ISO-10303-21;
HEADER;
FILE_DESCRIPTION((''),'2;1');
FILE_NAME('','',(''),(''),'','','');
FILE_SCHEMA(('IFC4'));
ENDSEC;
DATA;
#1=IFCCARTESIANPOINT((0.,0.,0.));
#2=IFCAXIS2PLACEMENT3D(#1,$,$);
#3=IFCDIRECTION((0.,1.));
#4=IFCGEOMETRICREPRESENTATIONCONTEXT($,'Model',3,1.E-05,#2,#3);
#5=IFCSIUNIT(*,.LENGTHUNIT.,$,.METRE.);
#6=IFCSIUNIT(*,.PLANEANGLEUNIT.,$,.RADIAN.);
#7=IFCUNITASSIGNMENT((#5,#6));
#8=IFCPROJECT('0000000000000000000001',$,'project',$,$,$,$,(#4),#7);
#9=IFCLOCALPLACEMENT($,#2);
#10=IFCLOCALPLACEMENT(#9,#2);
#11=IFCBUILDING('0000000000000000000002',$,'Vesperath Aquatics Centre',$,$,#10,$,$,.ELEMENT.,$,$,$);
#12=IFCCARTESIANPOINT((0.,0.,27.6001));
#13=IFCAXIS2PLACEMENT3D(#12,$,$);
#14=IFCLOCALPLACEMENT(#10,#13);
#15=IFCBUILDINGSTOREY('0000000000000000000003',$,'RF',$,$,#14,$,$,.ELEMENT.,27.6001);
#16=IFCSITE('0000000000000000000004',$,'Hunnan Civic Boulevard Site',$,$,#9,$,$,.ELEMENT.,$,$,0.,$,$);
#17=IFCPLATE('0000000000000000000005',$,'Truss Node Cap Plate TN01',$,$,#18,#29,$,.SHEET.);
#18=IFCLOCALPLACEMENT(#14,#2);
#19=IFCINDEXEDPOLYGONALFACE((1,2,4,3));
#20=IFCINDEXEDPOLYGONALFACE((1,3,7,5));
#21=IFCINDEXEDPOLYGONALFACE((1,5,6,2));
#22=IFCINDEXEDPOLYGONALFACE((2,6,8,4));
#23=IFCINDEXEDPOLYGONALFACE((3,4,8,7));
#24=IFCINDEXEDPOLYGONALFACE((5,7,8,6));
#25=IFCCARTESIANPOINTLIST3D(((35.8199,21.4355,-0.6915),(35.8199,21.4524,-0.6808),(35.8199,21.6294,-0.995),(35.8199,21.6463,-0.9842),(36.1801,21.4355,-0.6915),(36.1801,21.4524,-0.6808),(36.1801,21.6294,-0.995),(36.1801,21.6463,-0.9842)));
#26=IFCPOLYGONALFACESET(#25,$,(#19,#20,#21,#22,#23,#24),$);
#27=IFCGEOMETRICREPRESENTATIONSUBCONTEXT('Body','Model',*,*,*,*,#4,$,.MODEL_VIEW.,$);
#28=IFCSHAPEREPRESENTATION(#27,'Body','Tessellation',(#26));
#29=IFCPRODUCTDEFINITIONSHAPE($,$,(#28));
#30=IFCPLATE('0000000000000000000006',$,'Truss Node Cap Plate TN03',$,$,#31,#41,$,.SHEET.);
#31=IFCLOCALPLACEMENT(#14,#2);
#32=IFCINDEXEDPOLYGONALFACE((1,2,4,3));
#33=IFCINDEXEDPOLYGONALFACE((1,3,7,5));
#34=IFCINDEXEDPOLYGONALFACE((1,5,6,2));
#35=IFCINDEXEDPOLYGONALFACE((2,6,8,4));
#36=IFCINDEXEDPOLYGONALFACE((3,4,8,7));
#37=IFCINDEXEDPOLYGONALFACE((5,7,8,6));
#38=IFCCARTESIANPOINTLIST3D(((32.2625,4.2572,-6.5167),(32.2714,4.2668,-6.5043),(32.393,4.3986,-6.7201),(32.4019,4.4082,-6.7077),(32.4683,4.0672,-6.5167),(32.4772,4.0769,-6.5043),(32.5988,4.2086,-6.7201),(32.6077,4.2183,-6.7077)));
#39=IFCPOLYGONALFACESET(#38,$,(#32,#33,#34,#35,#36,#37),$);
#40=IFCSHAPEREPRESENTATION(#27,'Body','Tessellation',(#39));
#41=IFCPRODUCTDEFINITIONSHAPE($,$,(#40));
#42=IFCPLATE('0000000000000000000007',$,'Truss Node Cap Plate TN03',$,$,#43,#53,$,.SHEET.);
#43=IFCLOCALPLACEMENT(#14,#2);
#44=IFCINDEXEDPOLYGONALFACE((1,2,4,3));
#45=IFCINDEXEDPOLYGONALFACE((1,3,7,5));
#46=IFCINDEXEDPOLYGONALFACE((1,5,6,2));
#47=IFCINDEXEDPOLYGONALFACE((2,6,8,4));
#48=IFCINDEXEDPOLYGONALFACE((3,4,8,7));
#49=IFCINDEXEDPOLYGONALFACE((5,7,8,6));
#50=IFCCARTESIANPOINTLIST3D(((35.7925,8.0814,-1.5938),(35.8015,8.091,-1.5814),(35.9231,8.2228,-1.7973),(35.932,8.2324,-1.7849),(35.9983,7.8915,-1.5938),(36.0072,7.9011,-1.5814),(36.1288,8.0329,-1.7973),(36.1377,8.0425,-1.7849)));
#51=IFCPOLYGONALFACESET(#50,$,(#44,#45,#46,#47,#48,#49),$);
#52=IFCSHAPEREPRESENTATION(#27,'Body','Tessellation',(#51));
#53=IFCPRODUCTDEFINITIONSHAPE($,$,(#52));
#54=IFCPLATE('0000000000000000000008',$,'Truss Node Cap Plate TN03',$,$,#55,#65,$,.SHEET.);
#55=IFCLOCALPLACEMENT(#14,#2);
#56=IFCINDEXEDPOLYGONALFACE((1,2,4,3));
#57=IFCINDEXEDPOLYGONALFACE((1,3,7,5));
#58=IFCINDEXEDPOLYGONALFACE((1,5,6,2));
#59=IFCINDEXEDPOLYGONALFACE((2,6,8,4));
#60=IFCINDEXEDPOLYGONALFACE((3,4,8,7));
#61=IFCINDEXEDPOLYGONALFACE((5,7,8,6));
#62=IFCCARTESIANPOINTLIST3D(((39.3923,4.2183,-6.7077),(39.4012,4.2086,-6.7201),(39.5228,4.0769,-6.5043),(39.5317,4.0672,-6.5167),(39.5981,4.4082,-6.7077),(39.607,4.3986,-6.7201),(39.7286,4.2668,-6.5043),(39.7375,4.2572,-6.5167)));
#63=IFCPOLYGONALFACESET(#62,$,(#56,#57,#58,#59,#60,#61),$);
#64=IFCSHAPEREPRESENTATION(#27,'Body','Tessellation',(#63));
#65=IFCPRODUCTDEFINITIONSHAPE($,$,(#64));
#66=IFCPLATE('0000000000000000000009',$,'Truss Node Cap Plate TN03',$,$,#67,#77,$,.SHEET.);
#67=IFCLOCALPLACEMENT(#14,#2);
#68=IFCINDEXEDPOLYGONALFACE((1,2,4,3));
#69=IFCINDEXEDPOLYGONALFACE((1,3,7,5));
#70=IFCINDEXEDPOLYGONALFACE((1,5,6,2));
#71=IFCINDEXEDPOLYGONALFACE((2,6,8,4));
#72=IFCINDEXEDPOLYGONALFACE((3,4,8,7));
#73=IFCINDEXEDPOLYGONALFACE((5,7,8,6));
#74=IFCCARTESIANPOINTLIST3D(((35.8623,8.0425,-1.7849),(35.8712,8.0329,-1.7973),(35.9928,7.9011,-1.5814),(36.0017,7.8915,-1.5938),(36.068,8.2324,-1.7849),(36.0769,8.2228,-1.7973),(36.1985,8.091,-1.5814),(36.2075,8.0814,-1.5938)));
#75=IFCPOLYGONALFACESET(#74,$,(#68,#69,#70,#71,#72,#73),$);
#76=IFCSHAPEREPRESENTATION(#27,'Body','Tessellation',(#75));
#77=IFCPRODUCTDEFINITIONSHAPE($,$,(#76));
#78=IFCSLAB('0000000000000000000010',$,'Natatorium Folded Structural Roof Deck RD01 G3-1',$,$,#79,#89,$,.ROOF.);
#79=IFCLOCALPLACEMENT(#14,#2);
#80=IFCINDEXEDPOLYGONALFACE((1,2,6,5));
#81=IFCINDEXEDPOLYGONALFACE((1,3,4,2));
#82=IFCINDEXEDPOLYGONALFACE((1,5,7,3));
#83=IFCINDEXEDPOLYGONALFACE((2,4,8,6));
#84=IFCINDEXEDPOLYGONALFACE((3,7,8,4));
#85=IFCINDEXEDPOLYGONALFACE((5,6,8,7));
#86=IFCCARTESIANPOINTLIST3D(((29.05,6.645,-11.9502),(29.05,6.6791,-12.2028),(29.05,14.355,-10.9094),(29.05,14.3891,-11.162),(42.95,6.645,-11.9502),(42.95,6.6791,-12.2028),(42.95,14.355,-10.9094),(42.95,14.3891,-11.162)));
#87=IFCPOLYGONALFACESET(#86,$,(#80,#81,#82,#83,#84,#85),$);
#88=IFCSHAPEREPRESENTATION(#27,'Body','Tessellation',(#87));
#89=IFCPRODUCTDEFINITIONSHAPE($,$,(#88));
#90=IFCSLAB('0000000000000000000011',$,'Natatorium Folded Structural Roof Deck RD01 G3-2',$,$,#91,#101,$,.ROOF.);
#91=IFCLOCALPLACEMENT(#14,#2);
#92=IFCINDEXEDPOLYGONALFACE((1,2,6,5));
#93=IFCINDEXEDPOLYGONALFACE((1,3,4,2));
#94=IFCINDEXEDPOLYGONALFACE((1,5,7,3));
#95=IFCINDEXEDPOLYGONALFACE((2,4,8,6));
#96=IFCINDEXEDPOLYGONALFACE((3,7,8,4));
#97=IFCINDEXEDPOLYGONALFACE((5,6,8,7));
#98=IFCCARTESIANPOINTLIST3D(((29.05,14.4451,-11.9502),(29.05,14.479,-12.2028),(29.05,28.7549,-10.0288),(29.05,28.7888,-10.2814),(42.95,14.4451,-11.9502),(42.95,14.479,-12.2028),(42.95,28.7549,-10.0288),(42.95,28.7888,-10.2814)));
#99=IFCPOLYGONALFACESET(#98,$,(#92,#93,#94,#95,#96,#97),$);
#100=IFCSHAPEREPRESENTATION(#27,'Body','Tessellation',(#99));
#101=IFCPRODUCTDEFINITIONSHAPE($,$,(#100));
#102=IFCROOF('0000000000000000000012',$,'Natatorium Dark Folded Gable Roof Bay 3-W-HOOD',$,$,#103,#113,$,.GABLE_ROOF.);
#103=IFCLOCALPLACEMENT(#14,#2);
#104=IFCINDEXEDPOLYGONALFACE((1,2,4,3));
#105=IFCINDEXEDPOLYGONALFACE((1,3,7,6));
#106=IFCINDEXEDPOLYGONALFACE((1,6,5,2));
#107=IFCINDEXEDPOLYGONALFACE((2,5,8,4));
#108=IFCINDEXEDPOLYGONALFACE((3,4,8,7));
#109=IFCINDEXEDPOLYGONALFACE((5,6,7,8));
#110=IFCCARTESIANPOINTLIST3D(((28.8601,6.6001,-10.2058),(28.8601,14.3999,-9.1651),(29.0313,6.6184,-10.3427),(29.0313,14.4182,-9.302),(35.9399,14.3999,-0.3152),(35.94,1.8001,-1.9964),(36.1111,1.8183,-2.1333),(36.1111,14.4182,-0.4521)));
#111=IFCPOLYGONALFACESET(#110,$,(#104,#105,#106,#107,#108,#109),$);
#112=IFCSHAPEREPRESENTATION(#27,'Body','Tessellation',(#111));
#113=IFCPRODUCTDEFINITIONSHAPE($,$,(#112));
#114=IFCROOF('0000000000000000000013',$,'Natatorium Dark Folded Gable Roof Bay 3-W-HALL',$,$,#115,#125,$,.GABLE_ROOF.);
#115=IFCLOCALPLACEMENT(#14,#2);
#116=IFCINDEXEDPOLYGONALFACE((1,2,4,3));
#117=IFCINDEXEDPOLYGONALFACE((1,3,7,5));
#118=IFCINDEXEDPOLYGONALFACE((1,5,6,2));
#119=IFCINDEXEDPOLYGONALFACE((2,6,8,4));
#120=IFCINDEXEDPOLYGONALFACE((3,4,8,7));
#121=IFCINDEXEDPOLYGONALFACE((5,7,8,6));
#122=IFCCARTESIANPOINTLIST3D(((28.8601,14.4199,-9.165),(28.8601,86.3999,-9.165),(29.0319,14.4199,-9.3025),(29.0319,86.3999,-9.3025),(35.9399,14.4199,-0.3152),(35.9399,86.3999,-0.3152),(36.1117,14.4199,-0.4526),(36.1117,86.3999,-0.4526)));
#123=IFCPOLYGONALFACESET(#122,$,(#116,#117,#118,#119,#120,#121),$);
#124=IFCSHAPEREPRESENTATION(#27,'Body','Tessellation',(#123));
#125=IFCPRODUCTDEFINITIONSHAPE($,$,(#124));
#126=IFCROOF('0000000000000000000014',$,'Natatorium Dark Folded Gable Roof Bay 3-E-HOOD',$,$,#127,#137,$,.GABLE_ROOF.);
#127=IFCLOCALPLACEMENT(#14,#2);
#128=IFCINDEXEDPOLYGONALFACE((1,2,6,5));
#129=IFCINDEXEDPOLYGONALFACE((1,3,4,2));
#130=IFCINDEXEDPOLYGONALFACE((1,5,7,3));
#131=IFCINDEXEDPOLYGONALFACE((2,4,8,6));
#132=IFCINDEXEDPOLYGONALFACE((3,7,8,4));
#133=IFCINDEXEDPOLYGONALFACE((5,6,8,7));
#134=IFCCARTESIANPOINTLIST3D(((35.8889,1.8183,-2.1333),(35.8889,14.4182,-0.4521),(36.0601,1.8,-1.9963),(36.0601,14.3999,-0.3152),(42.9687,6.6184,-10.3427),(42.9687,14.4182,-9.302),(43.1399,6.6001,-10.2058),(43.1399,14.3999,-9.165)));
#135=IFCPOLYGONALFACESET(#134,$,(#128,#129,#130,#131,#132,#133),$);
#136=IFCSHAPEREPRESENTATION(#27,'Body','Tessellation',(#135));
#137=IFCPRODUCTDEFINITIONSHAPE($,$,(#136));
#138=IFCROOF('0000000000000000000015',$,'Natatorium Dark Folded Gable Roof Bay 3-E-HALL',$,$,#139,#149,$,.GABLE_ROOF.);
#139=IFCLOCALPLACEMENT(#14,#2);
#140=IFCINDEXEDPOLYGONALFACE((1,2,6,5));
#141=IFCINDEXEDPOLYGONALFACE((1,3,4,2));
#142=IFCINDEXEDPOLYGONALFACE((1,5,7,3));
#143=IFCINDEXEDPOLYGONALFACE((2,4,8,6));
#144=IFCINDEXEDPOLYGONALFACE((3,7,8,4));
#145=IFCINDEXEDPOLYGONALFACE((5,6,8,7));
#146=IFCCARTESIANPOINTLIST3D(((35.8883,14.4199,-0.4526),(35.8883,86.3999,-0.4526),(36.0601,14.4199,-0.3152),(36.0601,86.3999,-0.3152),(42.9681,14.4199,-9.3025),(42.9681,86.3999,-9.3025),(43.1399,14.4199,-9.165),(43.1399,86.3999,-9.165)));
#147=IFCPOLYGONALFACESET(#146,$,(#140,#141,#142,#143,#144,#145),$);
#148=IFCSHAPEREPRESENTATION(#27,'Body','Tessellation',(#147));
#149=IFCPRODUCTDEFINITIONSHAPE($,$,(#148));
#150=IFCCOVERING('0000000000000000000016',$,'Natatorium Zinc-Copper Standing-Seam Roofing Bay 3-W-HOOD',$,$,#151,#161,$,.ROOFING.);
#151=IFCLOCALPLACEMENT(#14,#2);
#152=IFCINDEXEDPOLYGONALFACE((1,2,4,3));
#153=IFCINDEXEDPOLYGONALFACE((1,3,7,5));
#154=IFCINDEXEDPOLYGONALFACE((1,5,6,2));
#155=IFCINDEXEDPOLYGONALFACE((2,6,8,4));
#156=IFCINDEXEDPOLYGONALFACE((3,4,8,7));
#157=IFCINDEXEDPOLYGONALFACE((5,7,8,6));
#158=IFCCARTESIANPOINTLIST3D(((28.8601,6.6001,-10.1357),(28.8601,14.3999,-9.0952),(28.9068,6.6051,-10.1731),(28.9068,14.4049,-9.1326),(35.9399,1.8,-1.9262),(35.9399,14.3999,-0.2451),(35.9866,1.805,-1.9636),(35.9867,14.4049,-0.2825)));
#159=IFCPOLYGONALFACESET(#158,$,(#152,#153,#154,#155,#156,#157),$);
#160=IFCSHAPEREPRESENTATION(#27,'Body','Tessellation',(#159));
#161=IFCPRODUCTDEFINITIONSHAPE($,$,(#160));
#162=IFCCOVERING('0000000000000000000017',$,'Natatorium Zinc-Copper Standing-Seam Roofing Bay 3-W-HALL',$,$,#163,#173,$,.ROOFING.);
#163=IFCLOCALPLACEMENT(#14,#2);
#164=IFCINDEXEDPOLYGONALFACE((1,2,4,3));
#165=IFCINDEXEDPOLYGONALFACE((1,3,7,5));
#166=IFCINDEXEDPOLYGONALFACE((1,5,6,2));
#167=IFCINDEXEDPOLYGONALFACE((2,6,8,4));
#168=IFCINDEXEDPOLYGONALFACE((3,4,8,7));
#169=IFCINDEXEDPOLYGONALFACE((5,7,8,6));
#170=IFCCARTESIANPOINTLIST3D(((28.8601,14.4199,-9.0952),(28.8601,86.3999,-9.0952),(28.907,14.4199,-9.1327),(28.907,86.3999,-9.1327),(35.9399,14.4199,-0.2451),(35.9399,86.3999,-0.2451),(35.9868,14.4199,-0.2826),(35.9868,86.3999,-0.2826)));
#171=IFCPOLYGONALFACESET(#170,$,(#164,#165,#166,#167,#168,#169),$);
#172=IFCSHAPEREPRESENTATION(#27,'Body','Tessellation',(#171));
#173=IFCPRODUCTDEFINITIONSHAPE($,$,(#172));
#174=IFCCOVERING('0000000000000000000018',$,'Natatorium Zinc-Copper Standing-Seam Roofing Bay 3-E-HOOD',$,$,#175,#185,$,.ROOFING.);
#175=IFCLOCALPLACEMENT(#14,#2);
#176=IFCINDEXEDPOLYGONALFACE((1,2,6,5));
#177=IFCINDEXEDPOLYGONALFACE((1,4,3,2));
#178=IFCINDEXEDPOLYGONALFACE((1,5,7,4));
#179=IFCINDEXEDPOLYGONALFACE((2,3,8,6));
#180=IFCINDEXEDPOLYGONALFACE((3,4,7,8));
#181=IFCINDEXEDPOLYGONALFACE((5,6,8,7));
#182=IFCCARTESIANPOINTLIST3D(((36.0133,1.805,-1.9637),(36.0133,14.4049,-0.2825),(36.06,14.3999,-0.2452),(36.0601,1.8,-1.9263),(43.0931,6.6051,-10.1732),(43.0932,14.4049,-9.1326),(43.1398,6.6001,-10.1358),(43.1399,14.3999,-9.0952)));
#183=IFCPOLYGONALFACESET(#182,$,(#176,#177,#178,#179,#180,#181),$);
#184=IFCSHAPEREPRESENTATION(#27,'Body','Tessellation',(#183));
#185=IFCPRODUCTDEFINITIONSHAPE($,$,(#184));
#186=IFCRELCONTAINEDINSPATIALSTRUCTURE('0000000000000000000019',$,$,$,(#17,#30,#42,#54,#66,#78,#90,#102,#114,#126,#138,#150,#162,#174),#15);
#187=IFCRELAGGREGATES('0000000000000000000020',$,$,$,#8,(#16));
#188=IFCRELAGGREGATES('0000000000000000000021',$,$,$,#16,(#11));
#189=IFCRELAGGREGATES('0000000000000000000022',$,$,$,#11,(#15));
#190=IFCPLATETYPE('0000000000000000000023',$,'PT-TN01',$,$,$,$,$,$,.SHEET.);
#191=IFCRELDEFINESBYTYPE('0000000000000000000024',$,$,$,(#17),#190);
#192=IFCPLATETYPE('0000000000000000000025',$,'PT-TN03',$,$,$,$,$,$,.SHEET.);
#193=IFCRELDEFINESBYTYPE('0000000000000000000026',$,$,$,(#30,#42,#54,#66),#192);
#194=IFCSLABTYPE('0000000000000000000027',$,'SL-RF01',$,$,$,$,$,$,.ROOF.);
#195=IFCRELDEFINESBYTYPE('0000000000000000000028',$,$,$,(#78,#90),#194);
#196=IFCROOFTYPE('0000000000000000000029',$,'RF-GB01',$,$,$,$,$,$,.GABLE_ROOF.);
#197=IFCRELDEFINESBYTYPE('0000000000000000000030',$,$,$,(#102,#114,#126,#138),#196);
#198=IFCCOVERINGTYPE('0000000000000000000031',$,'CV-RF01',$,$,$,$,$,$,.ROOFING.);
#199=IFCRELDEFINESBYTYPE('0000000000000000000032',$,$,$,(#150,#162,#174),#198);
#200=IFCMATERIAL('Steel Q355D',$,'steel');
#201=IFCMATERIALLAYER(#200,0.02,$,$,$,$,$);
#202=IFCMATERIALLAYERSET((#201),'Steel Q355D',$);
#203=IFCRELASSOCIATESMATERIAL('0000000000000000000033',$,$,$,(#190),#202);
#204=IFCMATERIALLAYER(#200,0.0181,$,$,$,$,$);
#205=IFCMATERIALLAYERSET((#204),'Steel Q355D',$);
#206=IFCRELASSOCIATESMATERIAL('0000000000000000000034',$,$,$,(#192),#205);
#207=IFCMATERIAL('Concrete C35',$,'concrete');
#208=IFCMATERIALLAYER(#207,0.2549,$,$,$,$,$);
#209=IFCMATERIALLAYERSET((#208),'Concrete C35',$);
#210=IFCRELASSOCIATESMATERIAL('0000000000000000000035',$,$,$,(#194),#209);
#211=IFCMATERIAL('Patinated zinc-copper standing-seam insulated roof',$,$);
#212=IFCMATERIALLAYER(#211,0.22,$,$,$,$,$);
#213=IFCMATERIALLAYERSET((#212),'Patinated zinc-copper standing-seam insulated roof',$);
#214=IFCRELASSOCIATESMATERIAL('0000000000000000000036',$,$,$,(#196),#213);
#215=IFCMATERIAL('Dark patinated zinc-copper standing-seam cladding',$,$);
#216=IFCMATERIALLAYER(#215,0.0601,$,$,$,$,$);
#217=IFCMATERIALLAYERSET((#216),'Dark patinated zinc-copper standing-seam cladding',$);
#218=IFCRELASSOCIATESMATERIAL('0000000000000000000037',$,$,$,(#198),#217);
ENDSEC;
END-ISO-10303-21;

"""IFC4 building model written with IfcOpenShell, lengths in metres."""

from ifc_helpers import new_model, si_unit, direction, frame, origin, origin_2d, place, context, subcontext, project, spatial, polyline, rectangle, outline, extrude, material, layer, layer_set, type_object, element, save


model = new_model("IFC4")

# Units and contexts
model_context = context("Model", 3, precision=1e-05, world=origin(), true_north=direction((0.0, 1.0)))
body_context = subcontext(model_context, "Body", "Model", "MODEL_VIEW")
ifc_project = project(units=[si_unit("LENGTHUNIT", "METRE"), si_unit("PLANEANGLEUNIT", "RADIAN")], contexts=[model_context])

# Site, building, storey
site_placement = place(None, origin())
site = spatial("IfcSite", under=ifc_project, at=site_placement, Name="Hunnan Civic Boulevard Site", CompositionType="ELEMENT", RefElevation=0.0)
building_placement = place(site_placement, origin())
building = spatial("IfcBuilding", under=site, at=building_placement, Name="Vesperath Aquatics Centre", CompositionType="ELEMENT")
storey_placement = place(building_placement, frame((0.0, 0.0, 27.6001)))
storey = spatial("IfcBuildingStorey", under=building, at=storey_placement, Name="RF", CompositionType="ELEMENT", Elevation=27.6001)

# Shared definitions
ifc_material_1 = material(Name="Steel Q355D", Category="steel")

# Plates
ifc_layer_1 = layer(ifc_material_1, 0.02)
ifc_layer_set_1 = layer_set([ifc_layer_1], Name="Steel Q355D")
plate_type_1 = type_object("IfcPlateType", Name="PT-TN01", PredefinedType="SHEET", material=ifc_layer_set_1)
for number, where, z_axis, x_axis, name in (
    (1, (36.0, 21.5325, -0.8433), (0.0, 0.842696, 0.538389), (-1.0, 0.0, 0.0), "Truss Node Cap Plate TN01"),
):
    element("IfcPlate", number, at=place(storey_placement, frame(where, z_axis=z_axis, x_axis=x_axis)), inside=storey, type_object=plate_type_1, Name=name, PredefinedType="SHEET", context=body_context, shape_type="SweptSolid", body=[
        extrude(rectangle(XDim=0.3601, YDim=0.3601, at=origin_2d()), origin(), (0.0, 0.0, 1.0), 0.02),
    ])
ifc_layer_2 = layer(ifc_material_1, 0.0181)
ifc_layer_set_2 = layer_set([ifc_layer_2], Name="Steel Q355D")
plate_type_2 = type_object("IfcPlateType", Name="PT-TN03", PredefinedType="SHEET", material=ifc_layer_set_2)
for number, where, z_axis, x_axis, name in (
    (2, (32.4307, 4.2329, -6.6184), (0.492765, 0.533829, 0.687175), (-0.734803, 0.67828, 0.0), "Truss Node Cap Plate TN03"),
    (3, (35.9607, 8.0571, -1.6956), (0.492765, 0.533829, 0.687175), (-0.734803, 0.67828, 0.0), "Truss Node Cap Plate TN03"),
    (4, (39.5693, 4.2329, -6.6184), (-0.492765, 0.533829, 0.687175), (-0.734803, -0.67828, 0.0), "Truss Node Cap Plate TN03"),
    (5, (36.0393, 8.0571, -1.6956), (-0.492765, 0.533829, 0.687175), (-0.734803, -0.67828, 0.0), "Truss Node Cap Plate TN03"),
):
    element("IfcPlate", number, at=place(storey_placement, frame(where, z_axis=z_axis, x_axis=x_axis)), inside=storey, type_object=plate_type_2, Name=name, PredefinedType="SHEET", context=body_context, shape_type="SweptSolid", body=[
        extrude(rectangle(XDim=0.28, YDim=0.28, at=origin_2d()), origin(), (0.0, 0.0, 1.0), 0.0181),
    ])

# Slabs
ifc_material_2 = material(Name="Concrete C35", Category="concrete")
ifc_layer_3 = layer(ifc_material_2, 0.2549)
ifc_layer_set_3 = layer_set([ifc_layer_3], Name="Concrete C35")
slab_type = type_object("IfcSlabType", Name="SL-RF01", PredefinedType="ROOF", material=ifc_layer_set_3)
slab_1_placement = place(storey_placement, frame((29.05, 6.645, -11.9502), z_axis=(0.0, -0.133777, 0.991011), x_axis=(1.0, 0.0, 0.0)))
element("IfcSlab", 6, at=slab_1_placement, inside=storey, type_object=slab_type, Name="Natatorium Folded Structural Roof Deck RD01 G3-1", PredefinedType="ROOF", context=body_context, shape_type="SweptSolid", body=[
    extrude(outline(polyline([(0.0, 0.0), (13.8999, 0.0), (13.8999, 7.7799), (0.0, 7.7799), (0.0, 0.0)])), origin(), (0.0, 0.0, -1.0), 0.2549),
])
slab_2_placement = place(storey_placement, frame((29.05, 14.4451, -11.9502), z_axis=(0.0, -0.133076, 0.991106), x_axis=(1.0, 0.0, 0.0)))
element("IfcSlab", 7, at=slab_2_placement, inside=storey, type_object=slab_type, Name="Natatorium Folded Structural Roof Deck RD01 G3-2", PredefinedType="ROOF", context=body_context, shape_type="SweptSolid", body=[
    extrude(outline(polyline([(0.0, 0.0), (13.8999, 0.0), (13.8999, 14.4382), (0.0, 14.4382), (0.0, 0.0)])), origin(), (0.0, 0.0, -1.0), 0.2549),
])

# Roofs
ifc_material_3 = material(Name="Patinated zinc-copper standing-seam insulated roof")
ifc_layer_4 = layer(ifc_material_3, 0.22)
ifc_layer_set_4 = layer_set([ifc_layer_4], Name="Patinated zinc-copper standing-seam insulated roof")
roof_type = type_object("IfcRoofType", Name="RF-GB01", PredefinedType="GABLE_ROOF", material=ifc_layer_set_4)
roof_1_placement = place(storey_placement, frame((28.8601, 6.6001, -10.2058), z_axis=(-0.778174, -0.083064, 0.622532), x_axis=(0.597164, -0.404869, 0.692442)))
element("IfcRoof", 8, at=roof_1_placement, inside=storey, type_object=roof_type, Name="Natatorium Dark Folded Gable Roof Bay 3-W-HOOD", PredefinedType="GABLE_ROOF", context=body_context, shape_type="SweptSolid", body=[
    extrude(outline(polyline([(0.0, 0.0), (11.8558, 0.0), (7.9186, 12.0864), (-2.4372, 7.482), (0.0, 0.0)])), origin(), (0.0, 0.0, -1.0), 0.22),
])
roof_2_placement = place(storey_placement, frame((28.8601, 14.4199, -9.165), z_axis=(-0.780871, 0.0, 0.624692), x_axis=(0.624692, 0.0, 0.780871)))
element("IfcRoof", 9, at=roof_2_placement, inside=storey, type_object=roof_type, Name="Natatorium Dark Folded Gable Roof Bay 3-W-HALL", PredefinedType="GABLE_ROOF", context=body_context, shape_type="SweptSolid", body=[
    extrude(outline(polyline([(0.0, 0.0), (11.3333, 0.0), (11.3333, 71.98), (0.0, 71.98), (0.0, 0.0)])), origin(), (0.0, 0.0, -1.0), 0.22),
])
roof_3_placement = place(storey_placement, frame((36.0601, 1.8, -1.9963), z_axis=(0.778174, -0.083064, 0.622532), x_axis=(0.597164, 0.404869, -0.692442)))
element("IfcRoof", 10, at=roof_3_placement, inside=storey, type_object=roof_type, Name="Natatorium Dark Folded Gable Roof Bay 3-E-HOOD", PredefinedType="GABLE_ROOF", context=body_context, shape_type="SweptSolid", body=[
    extrude(outline(polyline([(0.0, 0.0), (11.8558, 0.0), (14.293, 7.482), (3.9372, 12.0864), (0.0, 0.0)])), origin(), (0.0, 0.0, -1.0), 0.22),
])
roof_4_placement = place(storey_placement, frame((36.0601, 14.4199, -0.3152), z_axis=(0.780871, 0.0, 0.624692), x_axis=(0.624692, 0.0, -0.780871)))
element("IfcRoof", 11, at=roof_4_placement, inside=storey, type_object=roof_type, Name="Natatorium Dark Folded Gable Roof Bay 3-E-HALL", PredefinedType="GABLE_ROOF", context=body_context, shape_type="SweptSolid", body=[
    extrude(outline(polyline([(0.0, 0.0), (11.3333, 0.0), (11.3333, 71.98), (0.0, 71.98), (0.0, 0.0)])), origin(), (0.0, 0.0, -1.0), 0.22),
])

# Coverings
ifc_material_4 = material(Name="Dark patinated zinc-copper standing-seam cladding")
ifc_layer_5 = layer(ifc_material_4, 0.0601)
ifc_layer_set_5 = layer_set([ifc_layer_5], Name="Dark patinated zinc-copper standing-seam cladding")
covering_type = type_object("IfcCoveringType", Name="CV-RF01", PredefinedType="ROOFING", material=ifc_layer_set_5)
covering_1_placement = place(storey_placement, frame((28.8601, 6.6001, -10.1357), z_axis=(-0.778178, -0.083056, 0.622528), x_axis=(0.597158, -0.40487, 0.692447)))
element("IfcCovering", 12, at=covering_1_placement, inside=storey, type_object=covering_type, Name="Natatorium Zinc-Copper Standing-Seam Roofing Bay 3-W-HOOD", PredefinedType="ROOFING", context=body_context, shape_type="SweptSolid", body=[
    extrude(outline(polyline([(0.0, 0.0), (11.8558, 0.0), (7.9186, 12.0864), (-2.4374, 7.4819), (0.0, 0.0)])), origin(), (0.0, 0.0, -1.0), 0.0601),
])
covering_2_placement = place(storey_placement, frame((28.8601, 14.4199, -9.0952), z_axis=(-0.780879, 0.0, 0.624682), x_axis=(0.624682, 0.0, 0.780879)))
element("IfcCovering", 13, at=covering_2_placement, inside=storey, type_object=covering_type, Name="Natatorium Zinc-Copper Standing-Seam Roofing Bay 3-W-HALL", PredefinedType="ROOFING", context=body_context, shape_type="SweptSolid", body=[
    extrude(outline(polyline([(0.0, 0.0), (11.3335, 0.0), (11.3335, 71.98), (0.0, 71.98), (0.0, 0.0)])), origin(), (0.0, 0.0, -1.0), 0.0601),
])
covering_3_placement = place(storey_placement, frame((36.0601, 1.8, -1.9263), z_axis=(0.778178, -0.083056, 0.622528), x_axis=(0.597158, 0.40487, -0.692447)))
element("IfcCovering", 14, at=covering_3_placement, inside=storey, type_object=covering_type, Name="Natatorium Zinc-Copper Standing-Seam Roofing Bay 3-E-HOOD", PredefinedType="ROOFING", context=body_context, shape_type="SweptSolid", body=[
    extrude(outline(polyline([(0.0, 0.0), (11.8558, 0.0), (14.2932, 7.4819), (3.9372, 12.0864), (0.0, 0.0)])), origin(), (0.0, 0.0, -1.0), 0.0601),
])

save(model, "model.ifc")
